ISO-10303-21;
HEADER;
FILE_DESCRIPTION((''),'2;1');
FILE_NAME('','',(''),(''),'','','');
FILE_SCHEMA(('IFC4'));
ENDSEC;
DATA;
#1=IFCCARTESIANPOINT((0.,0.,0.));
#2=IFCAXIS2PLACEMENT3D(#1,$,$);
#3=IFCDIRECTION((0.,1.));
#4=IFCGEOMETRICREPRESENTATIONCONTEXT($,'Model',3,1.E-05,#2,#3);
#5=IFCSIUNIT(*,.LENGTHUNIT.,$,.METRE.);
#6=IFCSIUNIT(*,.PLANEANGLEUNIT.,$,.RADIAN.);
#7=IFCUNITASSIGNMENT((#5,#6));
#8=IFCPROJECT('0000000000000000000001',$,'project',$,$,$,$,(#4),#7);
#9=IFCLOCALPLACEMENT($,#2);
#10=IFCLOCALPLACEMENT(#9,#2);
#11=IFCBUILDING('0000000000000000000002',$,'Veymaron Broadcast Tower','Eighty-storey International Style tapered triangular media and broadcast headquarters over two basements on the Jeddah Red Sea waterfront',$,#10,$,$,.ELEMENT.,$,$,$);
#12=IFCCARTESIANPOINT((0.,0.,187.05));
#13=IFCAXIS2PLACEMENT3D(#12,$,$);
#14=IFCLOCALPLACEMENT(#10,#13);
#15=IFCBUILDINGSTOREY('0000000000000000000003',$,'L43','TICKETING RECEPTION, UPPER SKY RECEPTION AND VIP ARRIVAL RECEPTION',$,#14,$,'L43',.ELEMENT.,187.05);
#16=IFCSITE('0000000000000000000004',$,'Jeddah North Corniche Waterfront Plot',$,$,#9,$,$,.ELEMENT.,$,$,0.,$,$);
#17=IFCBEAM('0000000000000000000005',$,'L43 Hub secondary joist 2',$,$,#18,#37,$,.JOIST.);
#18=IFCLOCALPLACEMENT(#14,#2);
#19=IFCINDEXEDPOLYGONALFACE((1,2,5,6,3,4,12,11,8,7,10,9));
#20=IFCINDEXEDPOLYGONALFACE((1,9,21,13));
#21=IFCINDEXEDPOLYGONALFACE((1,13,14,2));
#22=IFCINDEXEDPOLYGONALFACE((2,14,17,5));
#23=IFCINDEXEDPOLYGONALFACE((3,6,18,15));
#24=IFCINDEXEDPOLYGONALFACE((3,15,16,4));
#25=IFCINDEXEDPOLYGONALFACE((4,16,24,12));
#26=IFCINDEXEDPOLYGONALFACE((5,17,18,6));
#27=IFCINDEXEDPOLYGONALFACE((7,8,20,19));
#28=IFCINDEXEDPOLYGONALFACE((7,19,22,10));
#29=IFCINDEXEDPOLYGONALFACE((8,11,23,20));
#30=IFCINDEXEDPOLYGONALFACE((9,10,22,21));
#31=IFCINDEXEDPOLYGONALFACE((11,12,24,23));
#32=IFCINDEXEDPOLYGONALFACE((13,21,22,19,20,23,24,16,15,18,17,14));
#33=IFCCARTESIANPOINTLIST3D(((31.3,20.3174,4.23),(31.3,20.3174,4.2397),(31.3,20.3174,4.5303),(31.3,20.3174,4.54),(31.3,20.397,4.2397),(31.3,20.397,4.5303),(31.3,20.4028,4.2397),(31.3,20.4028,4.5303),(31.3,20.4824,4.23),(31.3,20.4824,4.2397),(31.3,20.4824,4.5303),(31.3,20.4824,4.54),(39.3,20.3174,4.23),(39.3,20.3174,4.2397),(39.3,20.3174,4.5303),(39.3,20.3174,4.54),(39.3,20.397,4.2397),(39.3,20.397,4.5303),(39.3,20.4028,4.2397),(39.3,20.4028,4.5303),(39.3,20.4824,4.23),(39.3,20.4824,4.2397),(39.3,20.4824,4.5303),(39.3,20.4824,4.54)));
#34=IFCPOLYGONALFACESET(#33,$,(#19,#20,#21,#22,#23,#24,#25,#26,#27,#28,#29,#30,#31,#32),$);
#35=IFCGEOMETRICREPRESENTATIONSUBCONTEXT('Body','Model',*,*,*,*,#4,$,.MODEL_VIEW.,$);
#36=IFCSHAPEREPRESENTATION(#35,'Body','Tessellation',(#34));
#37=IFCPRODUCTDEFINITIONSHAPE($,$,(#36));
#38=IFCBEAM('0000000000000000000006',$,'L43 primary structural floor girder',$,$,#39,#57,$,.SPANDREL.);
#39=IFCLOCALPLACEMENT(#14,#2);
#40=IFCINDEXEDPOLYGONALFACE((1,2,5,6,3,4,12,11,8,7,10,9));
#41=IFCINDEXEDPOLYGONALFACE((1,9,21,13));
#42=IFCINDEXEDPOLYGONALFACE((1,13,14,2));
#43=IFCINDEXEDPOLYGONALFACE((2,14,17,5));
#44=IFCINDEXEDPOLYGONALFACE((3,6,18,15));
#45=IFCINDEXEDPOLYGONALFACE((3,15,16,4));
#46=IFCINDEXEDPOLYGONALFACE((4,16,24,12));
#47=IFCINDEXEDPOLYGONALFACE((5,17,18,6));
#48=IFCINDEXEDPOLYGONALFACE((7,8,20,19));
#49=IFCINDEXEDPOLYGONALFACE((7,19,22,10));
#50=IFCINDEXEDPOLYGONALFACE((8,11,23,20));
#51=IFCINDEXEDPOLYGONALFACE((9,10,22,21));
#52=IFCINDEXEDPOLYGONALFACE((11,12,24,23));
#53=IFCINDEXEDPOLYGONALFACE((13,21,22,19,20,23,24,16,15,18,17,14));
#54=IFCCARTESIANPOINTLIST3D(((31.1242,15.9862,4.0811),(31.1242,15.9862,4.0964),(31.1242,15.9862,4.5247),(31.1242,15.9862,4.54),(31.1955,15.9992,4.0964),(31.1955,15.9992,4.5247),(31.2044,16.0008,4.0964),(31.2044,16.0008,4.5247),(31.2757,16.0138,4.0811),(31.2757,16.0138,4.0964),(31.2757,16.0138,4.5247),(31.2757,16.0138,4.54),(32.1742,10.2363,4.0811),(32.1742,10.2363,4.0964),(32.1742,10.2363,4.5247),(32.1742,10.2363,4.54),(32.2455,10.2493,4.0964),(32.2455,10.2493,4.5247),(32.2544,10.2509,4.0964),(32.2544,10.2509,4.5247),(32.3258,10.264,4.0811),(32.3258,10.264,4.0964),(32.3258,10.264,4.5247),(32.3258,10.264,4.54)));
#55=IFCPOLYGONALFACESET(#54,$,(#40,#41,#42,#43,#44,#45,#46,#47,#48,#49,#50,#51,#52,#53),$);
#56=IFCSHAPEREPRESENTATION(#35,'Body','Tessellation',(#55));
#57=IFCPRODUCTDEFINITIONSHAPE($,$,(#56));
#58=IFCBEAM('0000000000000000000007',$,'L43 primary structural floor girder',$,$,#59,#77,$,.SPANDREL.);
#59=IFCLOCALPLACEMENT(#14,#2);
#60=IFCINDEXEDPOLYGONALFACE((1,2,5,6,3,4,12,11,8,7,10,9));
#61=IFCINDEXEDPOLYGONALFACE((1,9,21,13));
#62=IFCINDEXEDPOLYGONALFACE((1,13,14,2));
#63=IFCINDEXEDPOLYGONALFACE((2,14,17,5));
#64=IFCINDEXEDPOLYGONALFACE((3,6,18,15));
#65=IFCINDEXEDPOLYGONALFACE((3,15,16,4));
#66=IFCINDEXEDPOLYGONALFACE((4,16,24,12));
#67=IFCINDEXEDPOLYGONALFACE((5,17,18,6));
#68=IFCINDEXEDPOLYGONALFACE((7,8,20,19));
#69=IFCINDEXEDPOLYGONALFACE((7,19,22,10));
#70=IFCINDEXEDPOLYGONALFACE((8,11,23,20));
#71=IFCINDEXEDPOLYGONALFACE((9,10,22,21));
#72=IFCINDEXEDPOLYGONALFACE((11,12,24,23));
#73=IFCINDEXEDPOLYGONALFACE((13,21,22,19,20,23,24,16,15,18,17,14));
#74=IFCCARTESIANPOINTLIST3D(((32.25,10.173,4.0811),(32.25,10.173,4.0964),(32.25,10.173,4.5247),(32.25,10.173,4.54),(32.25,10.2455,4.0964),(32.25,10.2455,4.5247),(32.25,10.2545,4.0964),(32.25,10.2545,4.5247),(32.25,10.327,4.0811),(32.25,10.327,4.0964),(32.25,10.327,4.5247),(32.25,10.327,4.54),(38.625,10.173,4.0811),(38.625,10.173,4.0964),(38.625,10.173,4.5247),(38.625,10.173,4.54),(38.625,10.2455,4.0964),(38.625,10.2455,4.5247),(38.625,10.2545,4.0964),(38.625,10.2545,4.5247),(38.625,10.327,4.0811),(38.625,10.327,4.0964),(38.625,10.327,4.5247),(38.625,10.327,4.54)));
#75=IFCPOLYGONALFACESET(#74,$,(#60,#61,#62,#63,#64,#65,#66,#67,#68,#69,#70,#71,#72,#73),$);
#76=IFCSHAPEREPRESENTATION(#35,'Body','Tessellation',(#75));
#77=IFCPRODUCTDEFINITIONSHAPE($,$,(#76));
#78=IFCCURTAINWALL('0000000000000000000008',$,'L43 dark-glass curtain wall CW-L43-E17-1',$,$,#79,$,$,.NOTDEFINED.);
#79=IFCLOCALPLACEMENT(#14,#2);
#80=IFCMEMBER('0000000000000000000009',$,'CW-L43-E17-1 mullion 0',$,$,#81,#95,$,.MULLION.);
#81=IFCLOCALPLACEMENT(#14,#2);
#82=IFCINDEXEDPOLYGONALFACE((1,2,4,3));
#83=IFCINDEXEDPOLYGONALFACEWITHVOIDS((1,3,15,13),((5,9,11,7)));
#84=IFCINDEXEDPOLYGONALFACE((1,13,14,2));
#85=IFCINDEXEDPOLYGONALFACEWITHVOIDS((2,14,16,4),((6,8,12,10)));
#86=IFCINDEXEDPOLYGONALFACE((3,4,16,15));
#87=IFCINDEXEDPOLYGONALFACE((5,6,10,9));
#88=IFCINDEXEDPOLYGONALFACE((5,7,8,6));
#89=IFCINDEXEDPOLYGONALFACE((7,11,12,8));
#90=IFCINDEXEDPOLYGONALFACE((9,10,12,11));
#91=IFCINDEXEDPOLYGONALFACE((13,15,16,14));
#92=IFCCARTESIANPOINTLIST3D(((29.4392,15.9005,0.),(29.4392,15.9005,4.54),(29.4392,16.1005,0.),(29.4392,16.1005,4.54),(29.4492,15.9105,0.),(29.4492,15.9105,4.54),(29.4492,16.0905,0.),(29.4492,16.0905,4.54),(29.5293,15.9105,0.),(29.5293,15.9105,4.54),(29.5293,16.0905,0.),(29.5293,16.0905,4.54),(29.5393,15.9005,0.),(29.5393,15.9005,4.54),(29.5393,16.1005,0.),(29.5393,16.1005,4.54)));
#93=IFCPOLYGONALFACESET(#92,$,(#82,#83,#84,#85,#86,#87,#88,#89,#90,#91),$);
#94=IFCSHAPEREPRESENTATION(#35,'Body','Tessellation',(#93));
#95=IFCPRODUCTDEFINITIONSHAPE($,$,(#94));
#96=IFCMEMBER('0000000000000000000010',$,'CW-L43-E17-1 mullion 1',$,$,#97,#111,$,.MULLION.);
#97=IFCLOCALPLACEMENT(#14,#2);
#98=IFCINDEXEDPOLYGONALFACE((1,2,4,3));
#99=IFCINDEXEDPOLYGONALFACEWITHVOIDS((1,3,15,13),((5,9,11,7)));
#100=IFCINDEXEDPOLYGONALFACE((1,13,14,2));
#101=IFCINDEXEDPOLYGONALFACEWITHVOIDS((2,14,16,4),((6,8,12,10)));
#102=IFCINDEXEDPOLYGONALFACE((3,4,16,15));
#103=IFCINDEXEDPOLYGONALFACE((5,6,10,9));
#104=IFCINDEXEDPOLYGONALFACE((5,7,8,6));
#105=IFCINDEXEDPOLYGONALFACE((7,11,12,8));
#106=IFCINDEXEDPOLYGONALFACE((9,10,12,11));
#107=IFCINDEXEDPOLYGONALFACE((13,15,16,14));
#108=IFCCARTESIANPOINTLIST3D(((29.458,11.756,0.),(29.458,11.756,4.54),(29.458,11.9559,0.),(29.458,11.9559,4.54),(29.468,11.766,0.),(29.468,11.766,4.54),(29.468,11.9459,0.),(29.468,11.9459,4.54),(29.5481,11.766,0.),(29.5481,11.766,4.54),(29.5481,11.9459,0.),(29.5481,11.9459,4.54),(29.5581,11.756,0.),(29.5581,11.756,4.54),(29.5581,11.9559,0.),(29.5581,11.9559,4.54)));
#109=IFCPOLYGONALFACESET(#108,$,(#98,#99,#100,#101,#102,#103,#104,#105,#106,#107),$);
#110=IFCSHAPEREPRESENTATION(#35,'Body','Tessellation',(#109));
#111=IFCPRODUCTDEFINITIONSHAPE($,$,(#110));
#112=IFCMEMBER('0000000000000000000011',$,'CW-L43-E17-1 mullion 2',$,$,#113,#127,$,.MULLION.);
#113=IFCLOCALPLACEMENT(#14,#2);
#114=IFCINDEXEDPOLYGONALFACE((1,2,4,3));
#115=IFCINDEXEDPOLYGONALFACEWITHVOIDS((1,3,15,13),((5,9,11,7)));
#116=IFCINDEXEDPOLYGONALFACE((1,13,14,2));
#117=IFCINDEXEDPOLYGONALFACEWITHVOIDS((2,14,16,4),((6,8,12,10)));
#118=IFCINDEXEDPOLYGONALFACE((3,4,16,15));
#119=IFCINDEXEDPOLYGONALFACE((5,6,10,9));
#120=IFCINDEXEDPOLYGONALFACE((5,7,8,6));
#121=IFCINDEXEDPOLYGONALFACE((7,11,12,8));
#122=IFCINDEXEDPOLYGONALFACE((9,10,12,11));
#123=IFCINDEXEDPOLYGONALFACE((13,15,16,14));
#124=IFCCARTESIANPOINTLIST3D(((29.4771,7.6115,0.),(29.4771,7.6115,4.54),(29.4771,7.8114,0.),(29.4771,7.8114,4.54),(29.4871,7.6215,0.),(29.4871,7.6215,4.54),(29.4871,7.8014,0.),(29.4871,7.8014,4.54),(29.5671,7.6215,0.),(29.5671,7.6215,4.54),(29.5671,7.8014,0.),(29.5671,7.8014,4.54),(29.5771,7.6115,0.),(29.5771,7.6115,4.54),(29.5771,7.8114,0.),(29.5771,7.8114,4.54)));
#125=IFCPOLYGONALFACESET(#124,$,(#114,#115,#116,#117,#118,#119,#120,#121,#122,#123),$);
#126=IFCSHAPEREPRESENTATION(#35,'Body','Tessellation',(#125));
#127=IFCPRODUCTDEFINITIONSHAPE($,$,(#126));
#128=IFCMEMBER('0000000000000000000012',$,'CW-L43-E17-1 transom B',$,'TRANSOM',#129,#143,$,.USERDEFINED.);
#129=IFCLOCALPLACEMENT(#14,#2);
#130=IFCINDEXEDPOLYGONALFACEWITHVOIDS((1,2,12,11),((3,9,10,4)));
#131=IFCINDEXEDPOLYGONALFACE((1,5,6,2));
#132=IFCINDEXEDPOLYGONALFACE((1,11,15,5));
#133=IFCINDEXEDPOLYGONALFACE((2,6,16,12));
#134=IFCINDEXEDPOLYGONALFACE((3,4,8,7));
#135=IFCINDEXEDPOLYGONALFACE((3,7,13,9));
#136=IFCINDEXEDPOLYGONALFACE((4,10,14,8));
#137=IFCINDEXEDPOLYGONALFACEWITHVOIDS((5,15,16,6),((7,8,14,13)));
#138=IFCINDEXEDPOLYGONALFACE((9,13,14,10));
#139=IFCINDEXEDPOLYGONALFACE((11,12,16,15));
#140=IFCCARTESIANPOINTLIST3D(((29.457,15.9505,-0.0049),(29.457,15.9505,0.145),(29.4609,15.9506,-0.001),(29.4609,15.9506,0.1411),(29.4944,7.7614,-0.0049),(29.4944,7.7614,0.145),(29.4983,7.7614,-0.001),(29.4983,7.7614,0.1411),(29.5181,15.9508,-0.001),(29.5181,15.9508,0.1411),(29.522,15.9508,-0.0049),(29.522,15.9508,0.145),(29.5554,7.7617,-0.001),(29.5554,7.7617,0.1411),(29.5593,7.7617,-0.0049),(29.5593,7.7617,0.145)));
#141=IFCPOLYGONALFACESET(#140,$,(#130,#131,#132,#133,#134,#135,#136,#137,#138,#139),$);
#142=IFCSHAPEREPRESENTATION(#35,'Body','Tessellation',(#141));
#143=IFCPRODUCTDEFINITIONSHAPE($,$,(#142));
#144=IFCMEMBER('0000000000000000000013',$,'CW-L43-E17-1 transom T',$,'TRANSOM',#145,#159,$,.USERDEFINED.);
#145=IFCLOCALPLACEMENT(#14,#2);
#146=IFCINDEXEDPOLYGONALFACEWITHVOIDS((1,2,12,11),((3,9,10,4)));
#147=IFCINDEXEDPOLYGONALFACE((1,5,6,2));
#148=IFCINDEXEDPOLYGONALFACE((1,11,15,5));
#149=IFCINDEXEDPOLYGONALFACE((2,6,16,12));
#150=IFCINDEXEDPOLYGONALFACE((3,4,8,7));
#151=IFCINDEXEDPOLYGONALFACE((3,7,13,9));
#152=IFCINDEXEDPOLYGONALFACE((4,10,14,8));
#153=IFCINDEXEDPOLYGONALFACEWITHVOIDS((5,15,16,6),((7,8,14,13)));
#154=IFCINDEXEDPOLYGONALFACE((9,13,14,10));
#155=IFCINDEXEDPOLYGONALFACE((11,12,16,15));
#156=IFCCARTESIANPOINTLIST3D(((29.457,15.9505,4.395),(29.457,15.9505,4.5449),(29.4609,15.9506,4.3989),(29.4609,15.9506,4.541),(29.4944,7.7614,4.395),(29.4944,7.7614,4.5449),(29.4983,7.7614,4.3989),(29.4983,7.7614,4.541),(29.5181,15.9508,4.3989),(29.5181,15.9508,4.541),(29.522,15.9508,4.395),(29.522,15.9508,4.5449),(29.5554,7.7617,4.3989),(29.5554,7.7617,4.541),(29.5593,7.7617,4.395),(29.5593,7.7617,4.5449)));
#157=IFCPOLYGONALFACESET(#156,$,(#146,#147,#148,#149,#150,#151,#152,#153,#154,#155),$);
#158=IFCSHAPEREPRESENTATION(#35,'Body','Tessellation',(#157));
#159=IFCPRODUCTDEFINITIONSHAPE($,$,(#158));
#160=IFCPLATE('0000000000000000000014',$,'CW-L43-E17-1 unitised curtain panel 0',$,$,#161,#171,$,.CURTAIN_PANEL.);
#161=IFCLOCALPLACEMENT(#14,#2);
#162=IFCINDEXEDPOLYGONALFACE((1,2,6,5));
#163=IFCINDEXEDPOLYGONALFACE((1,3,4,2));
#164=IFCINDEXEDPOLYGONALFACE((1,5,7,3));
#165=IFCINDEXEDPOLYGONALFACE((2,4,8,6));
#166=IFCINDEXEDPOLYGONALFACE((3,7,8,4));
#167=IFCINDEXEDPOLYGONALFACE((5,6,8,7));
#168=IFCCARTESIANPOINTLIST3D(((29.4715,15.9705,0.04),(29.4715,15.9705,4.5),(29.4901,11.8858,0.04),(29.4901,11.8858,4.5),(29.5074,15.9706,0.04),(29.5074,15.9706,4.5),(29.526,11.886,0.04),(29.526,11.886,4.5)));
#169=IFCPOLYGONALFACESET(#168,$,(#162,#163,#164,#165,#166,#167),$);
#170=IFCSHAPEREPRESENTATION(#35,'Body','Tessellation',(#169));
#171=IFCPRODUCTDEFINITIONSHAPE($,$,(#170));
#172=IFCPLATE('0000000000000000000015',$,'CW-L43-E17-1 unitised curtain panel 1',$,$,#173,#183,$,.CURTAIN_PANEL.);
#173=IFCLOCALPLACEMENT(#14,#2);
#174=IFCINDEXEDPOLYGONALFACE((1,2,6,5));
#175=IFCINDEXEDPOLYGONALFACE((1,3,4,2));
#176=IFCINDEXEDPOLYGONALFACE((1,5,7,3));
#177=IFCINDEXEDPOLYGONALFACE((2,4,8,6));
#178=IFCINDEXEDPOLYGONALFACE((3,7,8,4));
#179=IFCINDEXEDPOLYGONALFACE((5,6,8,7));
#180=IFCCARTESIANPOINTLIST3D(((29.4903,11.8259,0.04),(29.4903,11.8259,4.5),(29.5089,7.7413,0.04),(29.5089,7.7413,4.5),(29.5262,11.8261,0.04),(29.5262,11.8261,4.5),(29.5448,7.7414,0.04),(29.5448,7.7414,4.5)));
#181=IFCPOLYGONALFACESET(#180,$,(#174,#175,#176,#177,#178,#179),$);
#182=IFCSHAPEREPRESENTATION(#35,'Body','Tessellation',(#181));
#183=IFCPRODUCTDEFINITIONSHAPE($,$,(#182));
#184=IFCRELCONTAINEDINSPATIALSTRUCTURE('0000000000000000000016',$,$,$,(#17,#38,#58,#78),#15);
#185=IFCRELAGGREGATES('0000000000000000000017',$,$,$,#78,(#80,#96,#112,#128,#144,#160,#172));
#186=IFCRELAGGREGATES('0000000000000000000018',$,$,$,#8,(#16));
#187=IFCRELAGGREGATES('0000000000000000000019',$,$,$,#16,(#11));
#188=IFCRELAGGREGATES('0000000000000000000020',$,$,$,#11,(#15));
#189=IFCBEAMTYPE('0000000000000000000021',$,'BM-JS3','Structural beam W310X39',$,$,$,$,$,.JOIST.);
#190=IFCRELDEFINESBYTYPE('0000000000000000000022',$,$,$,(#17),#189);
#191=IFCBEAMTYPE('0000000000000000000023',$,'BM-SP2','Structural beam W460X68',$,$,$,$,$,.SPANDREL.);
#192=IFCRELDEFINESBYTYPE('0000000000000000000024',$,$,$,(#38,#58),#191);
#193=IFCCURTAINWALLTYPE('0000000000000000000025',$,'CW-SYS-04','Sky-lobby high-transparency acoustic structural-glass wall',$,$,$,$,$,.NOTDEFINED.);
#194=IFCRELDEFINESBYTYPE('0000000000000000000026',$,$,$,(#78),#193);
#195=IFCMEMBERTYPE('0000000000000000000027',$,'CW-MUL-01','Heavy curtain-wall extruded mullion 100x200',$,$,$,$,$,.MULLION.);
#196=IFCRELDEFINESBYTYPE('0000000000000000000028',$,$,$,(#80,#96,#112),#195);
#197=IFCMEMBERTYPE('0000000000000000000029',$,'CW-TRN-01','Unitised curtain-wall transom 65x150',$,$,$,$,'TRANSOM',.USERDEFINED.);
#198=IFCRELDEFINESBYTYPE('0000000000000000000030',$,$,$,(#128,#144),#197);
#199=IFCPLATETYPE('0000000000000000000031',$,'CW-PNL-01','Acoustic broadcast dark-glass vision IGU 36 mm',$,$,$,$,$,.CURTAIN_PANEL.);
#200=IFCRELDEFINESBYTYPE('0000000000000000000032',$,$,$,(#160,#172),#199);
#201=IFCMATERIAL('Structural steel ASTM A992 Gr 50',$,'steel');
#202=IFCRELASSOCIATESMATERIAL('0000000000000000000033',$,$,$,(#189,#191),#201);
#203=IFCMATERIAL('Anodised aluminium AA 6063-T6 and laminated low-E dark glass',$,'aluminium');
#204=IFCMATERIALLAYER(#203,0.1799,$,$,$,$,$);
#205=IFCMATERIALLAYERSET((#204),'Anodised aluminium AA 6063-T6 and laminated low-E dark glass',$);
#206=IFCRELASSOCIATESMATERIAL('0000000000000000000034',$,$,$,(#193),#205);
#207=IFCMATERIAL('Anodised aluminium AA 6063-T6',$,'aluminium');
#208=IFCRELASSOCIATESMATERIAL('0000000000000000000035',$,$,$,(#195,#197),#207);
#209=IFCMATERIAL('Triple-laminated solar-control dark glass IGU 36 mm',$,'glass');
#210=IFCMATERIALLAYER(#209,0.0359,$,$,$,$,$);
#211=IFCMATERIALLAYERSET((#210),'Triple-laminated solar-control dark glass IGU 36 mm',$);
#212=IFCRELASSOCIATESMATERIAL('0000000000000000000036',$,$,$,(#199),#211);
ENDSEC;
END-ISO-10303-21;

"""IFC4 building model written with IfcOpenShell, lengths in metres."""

from ifc_helpers import new_model, si_unit, direction, frame, origin, origin_2d, place, context, subcontext, project, spatial, rectangle, hollow_rectangle, i_section, extrude, material, layer, layer_set, material_profile, profile_set, type_object, element, aggregate, save


model = new_model("IFC4")

# Units and contexts
model_context = context("Model", 3, precision=1e-05, world=origin(), true_north=direction((0.0, 1.0)))
body_context = subcontext(model_context, "Body", "Model", "MODEL_VIEW")
ifc_project = project(units=[si_unit("LENGTHUNIT", "METRE"), si_unit("PLANEANGLEUNIT", "RADIAN")], contexts=[model_context])

# Site, building, storey
site_placement = place(None, origin())
site = spatial("IfcSite", under=ifc_project, at=site_placement, Name="Jeddah North Corniche Waterfront Plot", CompositionType="ELEMENT", RefElevation=0.0)
building_placement = place(site_placement, origin())
building = spatial("IfcBuilding", under=site, at=building_placement, Name="Veymaron Broadcast Tower", Description="Eighty-storey International Style tapered triangular media and broadcast headquarters over two basements on the Jeddah Red Sea waterfront", CompositionType="ELEMENT")
storey_placement = place(building_placement, frame((0.0, 0.0, 187.05)))
storey = spatial("IfcBuildingStorey", under=building, at=storey_placement, Name="L43", Description="TICKETING RECEPTION, UPPER SKY RECEPTION AND VIP ARRIVAL RECEPTION", LongName="L43", CompositionType="ELEMENT", Elevation=187.05)

# Shared definitions
ifc_material_1 = material(Name="Structural steel ASTM A992 Gr 50", Category="steel")

# Beams
ifc_material_profile_1 = material_profile(ifc_material_1, i_section(OverallWidth=0.165, OverallDepth=0.3101, WebThickness=0.0059, FlangeThickness=0.0098, at=origin_2d()), Name="W310X39")
ifc_profile_set_1 = profile_set([ifc_material_profile_1], Name="Structural steel ASTM A992 Gr 50")
beam_type_1 = type_object("IfcBeamType", Name="BM-JS3", Description="Structural beam W310X39", PredefinedType="JOIST", material=ifc_profile_set_1)
for number, where, z_axis, x_axis, name in (
    (1, (31.3, 20.3999, 4.385), (1.0, 0.0, 0.0), (0.0, 1.0, 0.0), "L43 Hub secondary joist 2"),
):
    element("IfcBeam", number, at=place(storey_placement, frame(where, z_axis=z_axis, x_axis=x_axis)), inside=storey, type_object=beam_type_1, Name=name, PredefinedType="JOIST", context=body_context, shape_type="SweptSolid", body=[
        extrude(i_section(OverallWidth=0.165, OverallDepth=0.3101, WebThickness=0.0059, FlangeThickness=0.0098, at=origin_2d()), origin(), (0.0, 0.0, 1.0), 8.0),
    ])
ifc_material_profile_2 = material_profile(ifc_material_1, i_section(OverallWidth=0.1541, OverallDepth=0.459, WebThickness=0.009, FlangeThickness=0.0154, at=origin_2d()), Name="W460X68")
ifc_profile_set_2 = profile_set([ifc_material_profile_2], Name="Structural steel ASTM A992 Gr 50")
beam_type_2 = type_object("IfcBeamType", Name="BM-SP2", Description="Structural beam W460X68", PredefinedType="SPANDREL", material=ifc_profile_set_2)
beam_1_placement = place(storey_placement, frame((31.2, 16.0, 4.3105), z_axis=(0.179646, -0.983731, 0.0), x_axis=(0.983731, 0.179646, 0.0)))
element("IfcBeam", 2, at=beam_1_placement, inside=storey, type_object=beam_type_2, Name="L43 primary structural floor girder", PredefinedType="SPANDREL", context=body_context, shape_type="SweptSolid", body=[
    extrude(i_section(OverallWidth=0.1541, OverallDepth=0.459, WebThickness=0.009, FlangeThickness=0.0154, at=origin_2d()), origin(), (0.0, 0.0, 1.0), 5.845),
])
beam_2_placement = place(storey_placement, frame((32.25, 10.25, 4.3105), z_axis=(1.0, 0.0, 0.0), x_axis=(0.0, 1.0, 0.0)))
element("IfcBeam", 3, at=beam_2_placement, inside=storey, type_object=beam_type_2, Name="L43 primary structural floor girder", PredefinedType="SPANDREL", context=body_context, shape_type="SweptSolid", body=[
    extrude(i_section(OverallWidth=0.1541, OverallDepth=0.459, WebThickness=0.009, FlangeThickness=0.0154, at=origin_2d()), origin(), (0.0, 0.0, 1.0), 6.375),
])

# Curtain wall, members, plates
ifc_material_2 = material(Name="Anodised aluminium AA 6063-T6 and laminated low-E dark glass", Category="aluminium")
ifc_layer_1 = layer(ifc_material_2, 0.1799)
ifc_layer_set_1 = layer_set([ifc_layer_1], Name="Anodised aluminium AA 6063-T6 and laminated low-E dark glass")
curtain_wall_type = type_object("IfcCurtainWallType", Name="CW-SYS-04", Description="Sky-lobby high-transparency acoustic structural-glass wall", PredefinedType="NOTDEFINED", material=ifc_layer_set_1)
curtain_wall_placement = place(storey_placement, origin())
curtain_wall = element("IfcCurtainWall", 4, at=curtain_wall_placement, inside=storey, type_object=curtain_wall_type, Name="L43 dark-glass curtain wall CW-L43-E17-1", PredefinedType="NOTDEFINED")
ifc_material_3 = material(Name="Anodised aluminium AA 6063-T6", Category="aluminium")
ifc_material_profile_3 = material_profile(ifc_material_3, hollow_rectangle(XDim=0.1001, YDim=0.2, WallThickness=0.01, at=origin_2d()), Name="RHS200X100X10")
ifc_profile_set_3 = profile_set([ifc_material_profile_3], Name="Anodised aluminium AA 6063-T6")
member_type_1 = type_object("IfcMemberType", Name="CW-MUL-01", Description="Heavy curtain-wall extruded mullion 100x200", PredefinedType="MULLION", material=ifc_profile_set_3)
member_1_placement = place(storey_placement, frame((29.4893, 16.0005, 0.0), z_axis=(0.0, 0.0, 1.0), x_axis=(1.0, 0.0, 0.0)))
member_1 = element("IfcMember", 5, at=member_1_placement, type_object=member_type_1, Name="CW-L43-E17-1 mullion 0", PredefinedType="MULLION", context=body_context, shape_type="SweptSolid", body=[
    extrude(hollow_rectangle(XDim=0.1001, YDim=0.2, WallThickness=0.01, at=origin_2d()), origin(), (0.0, 0.0, 1.0), 4.54),
])
member_2_placement = place(storey_placement, frame((29.5081, 11.856, 0.0), z_axis=(0.0, 0.0, 1.0), x_axis=(1.0, 0.0, 0.0)))
member_2 = element("IfcMember", 6, at=member_2_placement, type_object=member_type_1, Name="CW-L43-E17-1 mullion 1", PredefinedType="MULLION", context=body_context, shape_type="SweptSolid", body=[
    extrude(hollow_rectangle(XDim=0.1001, YDim=0.2, WallThickness=0.01, at=origin_2d()), origin(), (0.0, 0.0, 1.0), 4.54),
])
member_3_placement = place(storey_placement, frame((29.5271, 7.7114, 0.0), z_axis=(0.0, 0.0, 1.0), x_axis=(1.0, 0.0, 0.0)))
member_3 = element("IfcMember", 7, at=member_3_placement, type_object=member_type_1, Name="CW-L43-E17-1 mullion 2", PredefinedType="MULLION", context=body_context, shape_type="SweptSolid", body=[
    extrude(hollow_rectangle(XDim=0.1001, YDim=0.2, WallThickness=0.01, at=origin_2d()), origin(), (0.0, 0.0, 1.0), 4.54),
])
ifc_material_profile_4 = material_profile(ifc_material_3, hollow_rectangle(XDim=0.0649, YDim=0.1499, WallThickness=0.0039, at=origin_2d()), Name="AL150X65X4")
ifc_profile_set_4 = profile_set([ifc_material_profile_4], Name="Anodised aluminium AA 6063-T6")
member_type_2 = type_object("IfcMemberType", Name="CW-TRN-01", Description="Unitised curtain-wall transom 65x150", ElementType="TRANSOM", PredefinedType="USERDEFINED", material=ifc_profile_set_4)
member_4_placement = place(storey_placement, frame((29.4895, 15.9507, 0.0701), z_axis=(0.004561, -0.99999, 0.0), x_axis=(0.99999, 0.004561, 0.0)))
member_4 = element("IfcMember", 8, at=member_4_placement, type_object=member_type_2, Name="CW-L43-E17-1 transom B", ObjectType="TRANSOM", PredefinedType="USERDEFINED", context=body_context, shape_type="SweptSolid", body=[
    extrude(hollow_rectangle(XDim=0.0649, YDim=0.1499, WallThickness=0.0039, at=origin_2d()), origin(), (0.0, 0.0, 1.0), 8.1892),
])
member_5_placement = place(storey_placement, frame((29.4895, 15.9507, 4.47), z_axis=(0.004561, -0.99999, 0.0), x_axis=(0.99999, 0.004561, 0.0)))
member_5 = element("IfcMember", 9, at=member_5_placement, type_object=member_type_2, Name="CW-L43-E17-1 transom T", ObjectType="TRANSOM", PredefinedType="USERDEFINED", context=body_context, shape_type="SweptSolid", body=[
    extrude(hollow_rectangle(XDim=0.0649, YDim=0.1499, WallThickness=0.0039, at=origin_2d()), origin(), (0.0, 0.0, 1.0), 8.1892),
])
ifc_material_4 = material(Name="Triple-laminated solar-control dark glass IGU 36 mm", Category="glass")
ifc_layer_2 = layer(ifc_material_4, 0.0359)
ifc_layer_set_2 = layer_set([ifc_layer_2], Name="Triple-laminated solar-control dark glass IGU 36 mm")
plate_type = type_object("IfcPlateType", Name="CW-PNL-01", Description="Acoustic broadcast dark-glass vision IGU 36 mm", PredefinedType="CURTAIN_PANEL", material=ifc_layer_set_2)
plate_1_placement = place(storey_placement, frame((29.4988, 13.9282, 0.04), z_axis=(0.0, 0.0, 1.0), x_axis=(0.004555, -0.99999, 0.0)))
plate_1 = element("IfcPlate", 10, at=plate_1_placement, type_object=plate_type, Name="CW-L43-E17-1 unitised curtain panel 0", PredefinedType="CURTAIN_PANEL", context=body_context, shape_type="SweptSolid", body=[
    extrude(rectangle(XDim=4.0847, YDim=0.0359, at=origin_2d()), origin(), (0.0, 0.0, 1.0), 4.46),
])
plate_2_placement = place(storey_placement, frame((29.5176, 9.7837, 0.04), z_axis=(0.0, 0.0, 1.0), x_axis=(0.004555, -0.99999, 0.0)))
plate_2 = element("IfcPlate", 11, at=plate_2_placement, type_object=plate_type, Name="CW-L43-E17-1 unitised curtain panel 1", PredefinedType="CURTAIN_PANEL", context=body_context, shape_type="SweptSolid", body=[
    extrude(rectangle(XDim=4.0847, YDim=0.0359, at=origin_2d()), origin(), (0.0, 0.0, 1.0), 4.46),
])
aggregate(curtain_wall, [member_1, member_2, member_3, member_4, member_5, plate_1, plate_2])

save(model, "model.ifc")
